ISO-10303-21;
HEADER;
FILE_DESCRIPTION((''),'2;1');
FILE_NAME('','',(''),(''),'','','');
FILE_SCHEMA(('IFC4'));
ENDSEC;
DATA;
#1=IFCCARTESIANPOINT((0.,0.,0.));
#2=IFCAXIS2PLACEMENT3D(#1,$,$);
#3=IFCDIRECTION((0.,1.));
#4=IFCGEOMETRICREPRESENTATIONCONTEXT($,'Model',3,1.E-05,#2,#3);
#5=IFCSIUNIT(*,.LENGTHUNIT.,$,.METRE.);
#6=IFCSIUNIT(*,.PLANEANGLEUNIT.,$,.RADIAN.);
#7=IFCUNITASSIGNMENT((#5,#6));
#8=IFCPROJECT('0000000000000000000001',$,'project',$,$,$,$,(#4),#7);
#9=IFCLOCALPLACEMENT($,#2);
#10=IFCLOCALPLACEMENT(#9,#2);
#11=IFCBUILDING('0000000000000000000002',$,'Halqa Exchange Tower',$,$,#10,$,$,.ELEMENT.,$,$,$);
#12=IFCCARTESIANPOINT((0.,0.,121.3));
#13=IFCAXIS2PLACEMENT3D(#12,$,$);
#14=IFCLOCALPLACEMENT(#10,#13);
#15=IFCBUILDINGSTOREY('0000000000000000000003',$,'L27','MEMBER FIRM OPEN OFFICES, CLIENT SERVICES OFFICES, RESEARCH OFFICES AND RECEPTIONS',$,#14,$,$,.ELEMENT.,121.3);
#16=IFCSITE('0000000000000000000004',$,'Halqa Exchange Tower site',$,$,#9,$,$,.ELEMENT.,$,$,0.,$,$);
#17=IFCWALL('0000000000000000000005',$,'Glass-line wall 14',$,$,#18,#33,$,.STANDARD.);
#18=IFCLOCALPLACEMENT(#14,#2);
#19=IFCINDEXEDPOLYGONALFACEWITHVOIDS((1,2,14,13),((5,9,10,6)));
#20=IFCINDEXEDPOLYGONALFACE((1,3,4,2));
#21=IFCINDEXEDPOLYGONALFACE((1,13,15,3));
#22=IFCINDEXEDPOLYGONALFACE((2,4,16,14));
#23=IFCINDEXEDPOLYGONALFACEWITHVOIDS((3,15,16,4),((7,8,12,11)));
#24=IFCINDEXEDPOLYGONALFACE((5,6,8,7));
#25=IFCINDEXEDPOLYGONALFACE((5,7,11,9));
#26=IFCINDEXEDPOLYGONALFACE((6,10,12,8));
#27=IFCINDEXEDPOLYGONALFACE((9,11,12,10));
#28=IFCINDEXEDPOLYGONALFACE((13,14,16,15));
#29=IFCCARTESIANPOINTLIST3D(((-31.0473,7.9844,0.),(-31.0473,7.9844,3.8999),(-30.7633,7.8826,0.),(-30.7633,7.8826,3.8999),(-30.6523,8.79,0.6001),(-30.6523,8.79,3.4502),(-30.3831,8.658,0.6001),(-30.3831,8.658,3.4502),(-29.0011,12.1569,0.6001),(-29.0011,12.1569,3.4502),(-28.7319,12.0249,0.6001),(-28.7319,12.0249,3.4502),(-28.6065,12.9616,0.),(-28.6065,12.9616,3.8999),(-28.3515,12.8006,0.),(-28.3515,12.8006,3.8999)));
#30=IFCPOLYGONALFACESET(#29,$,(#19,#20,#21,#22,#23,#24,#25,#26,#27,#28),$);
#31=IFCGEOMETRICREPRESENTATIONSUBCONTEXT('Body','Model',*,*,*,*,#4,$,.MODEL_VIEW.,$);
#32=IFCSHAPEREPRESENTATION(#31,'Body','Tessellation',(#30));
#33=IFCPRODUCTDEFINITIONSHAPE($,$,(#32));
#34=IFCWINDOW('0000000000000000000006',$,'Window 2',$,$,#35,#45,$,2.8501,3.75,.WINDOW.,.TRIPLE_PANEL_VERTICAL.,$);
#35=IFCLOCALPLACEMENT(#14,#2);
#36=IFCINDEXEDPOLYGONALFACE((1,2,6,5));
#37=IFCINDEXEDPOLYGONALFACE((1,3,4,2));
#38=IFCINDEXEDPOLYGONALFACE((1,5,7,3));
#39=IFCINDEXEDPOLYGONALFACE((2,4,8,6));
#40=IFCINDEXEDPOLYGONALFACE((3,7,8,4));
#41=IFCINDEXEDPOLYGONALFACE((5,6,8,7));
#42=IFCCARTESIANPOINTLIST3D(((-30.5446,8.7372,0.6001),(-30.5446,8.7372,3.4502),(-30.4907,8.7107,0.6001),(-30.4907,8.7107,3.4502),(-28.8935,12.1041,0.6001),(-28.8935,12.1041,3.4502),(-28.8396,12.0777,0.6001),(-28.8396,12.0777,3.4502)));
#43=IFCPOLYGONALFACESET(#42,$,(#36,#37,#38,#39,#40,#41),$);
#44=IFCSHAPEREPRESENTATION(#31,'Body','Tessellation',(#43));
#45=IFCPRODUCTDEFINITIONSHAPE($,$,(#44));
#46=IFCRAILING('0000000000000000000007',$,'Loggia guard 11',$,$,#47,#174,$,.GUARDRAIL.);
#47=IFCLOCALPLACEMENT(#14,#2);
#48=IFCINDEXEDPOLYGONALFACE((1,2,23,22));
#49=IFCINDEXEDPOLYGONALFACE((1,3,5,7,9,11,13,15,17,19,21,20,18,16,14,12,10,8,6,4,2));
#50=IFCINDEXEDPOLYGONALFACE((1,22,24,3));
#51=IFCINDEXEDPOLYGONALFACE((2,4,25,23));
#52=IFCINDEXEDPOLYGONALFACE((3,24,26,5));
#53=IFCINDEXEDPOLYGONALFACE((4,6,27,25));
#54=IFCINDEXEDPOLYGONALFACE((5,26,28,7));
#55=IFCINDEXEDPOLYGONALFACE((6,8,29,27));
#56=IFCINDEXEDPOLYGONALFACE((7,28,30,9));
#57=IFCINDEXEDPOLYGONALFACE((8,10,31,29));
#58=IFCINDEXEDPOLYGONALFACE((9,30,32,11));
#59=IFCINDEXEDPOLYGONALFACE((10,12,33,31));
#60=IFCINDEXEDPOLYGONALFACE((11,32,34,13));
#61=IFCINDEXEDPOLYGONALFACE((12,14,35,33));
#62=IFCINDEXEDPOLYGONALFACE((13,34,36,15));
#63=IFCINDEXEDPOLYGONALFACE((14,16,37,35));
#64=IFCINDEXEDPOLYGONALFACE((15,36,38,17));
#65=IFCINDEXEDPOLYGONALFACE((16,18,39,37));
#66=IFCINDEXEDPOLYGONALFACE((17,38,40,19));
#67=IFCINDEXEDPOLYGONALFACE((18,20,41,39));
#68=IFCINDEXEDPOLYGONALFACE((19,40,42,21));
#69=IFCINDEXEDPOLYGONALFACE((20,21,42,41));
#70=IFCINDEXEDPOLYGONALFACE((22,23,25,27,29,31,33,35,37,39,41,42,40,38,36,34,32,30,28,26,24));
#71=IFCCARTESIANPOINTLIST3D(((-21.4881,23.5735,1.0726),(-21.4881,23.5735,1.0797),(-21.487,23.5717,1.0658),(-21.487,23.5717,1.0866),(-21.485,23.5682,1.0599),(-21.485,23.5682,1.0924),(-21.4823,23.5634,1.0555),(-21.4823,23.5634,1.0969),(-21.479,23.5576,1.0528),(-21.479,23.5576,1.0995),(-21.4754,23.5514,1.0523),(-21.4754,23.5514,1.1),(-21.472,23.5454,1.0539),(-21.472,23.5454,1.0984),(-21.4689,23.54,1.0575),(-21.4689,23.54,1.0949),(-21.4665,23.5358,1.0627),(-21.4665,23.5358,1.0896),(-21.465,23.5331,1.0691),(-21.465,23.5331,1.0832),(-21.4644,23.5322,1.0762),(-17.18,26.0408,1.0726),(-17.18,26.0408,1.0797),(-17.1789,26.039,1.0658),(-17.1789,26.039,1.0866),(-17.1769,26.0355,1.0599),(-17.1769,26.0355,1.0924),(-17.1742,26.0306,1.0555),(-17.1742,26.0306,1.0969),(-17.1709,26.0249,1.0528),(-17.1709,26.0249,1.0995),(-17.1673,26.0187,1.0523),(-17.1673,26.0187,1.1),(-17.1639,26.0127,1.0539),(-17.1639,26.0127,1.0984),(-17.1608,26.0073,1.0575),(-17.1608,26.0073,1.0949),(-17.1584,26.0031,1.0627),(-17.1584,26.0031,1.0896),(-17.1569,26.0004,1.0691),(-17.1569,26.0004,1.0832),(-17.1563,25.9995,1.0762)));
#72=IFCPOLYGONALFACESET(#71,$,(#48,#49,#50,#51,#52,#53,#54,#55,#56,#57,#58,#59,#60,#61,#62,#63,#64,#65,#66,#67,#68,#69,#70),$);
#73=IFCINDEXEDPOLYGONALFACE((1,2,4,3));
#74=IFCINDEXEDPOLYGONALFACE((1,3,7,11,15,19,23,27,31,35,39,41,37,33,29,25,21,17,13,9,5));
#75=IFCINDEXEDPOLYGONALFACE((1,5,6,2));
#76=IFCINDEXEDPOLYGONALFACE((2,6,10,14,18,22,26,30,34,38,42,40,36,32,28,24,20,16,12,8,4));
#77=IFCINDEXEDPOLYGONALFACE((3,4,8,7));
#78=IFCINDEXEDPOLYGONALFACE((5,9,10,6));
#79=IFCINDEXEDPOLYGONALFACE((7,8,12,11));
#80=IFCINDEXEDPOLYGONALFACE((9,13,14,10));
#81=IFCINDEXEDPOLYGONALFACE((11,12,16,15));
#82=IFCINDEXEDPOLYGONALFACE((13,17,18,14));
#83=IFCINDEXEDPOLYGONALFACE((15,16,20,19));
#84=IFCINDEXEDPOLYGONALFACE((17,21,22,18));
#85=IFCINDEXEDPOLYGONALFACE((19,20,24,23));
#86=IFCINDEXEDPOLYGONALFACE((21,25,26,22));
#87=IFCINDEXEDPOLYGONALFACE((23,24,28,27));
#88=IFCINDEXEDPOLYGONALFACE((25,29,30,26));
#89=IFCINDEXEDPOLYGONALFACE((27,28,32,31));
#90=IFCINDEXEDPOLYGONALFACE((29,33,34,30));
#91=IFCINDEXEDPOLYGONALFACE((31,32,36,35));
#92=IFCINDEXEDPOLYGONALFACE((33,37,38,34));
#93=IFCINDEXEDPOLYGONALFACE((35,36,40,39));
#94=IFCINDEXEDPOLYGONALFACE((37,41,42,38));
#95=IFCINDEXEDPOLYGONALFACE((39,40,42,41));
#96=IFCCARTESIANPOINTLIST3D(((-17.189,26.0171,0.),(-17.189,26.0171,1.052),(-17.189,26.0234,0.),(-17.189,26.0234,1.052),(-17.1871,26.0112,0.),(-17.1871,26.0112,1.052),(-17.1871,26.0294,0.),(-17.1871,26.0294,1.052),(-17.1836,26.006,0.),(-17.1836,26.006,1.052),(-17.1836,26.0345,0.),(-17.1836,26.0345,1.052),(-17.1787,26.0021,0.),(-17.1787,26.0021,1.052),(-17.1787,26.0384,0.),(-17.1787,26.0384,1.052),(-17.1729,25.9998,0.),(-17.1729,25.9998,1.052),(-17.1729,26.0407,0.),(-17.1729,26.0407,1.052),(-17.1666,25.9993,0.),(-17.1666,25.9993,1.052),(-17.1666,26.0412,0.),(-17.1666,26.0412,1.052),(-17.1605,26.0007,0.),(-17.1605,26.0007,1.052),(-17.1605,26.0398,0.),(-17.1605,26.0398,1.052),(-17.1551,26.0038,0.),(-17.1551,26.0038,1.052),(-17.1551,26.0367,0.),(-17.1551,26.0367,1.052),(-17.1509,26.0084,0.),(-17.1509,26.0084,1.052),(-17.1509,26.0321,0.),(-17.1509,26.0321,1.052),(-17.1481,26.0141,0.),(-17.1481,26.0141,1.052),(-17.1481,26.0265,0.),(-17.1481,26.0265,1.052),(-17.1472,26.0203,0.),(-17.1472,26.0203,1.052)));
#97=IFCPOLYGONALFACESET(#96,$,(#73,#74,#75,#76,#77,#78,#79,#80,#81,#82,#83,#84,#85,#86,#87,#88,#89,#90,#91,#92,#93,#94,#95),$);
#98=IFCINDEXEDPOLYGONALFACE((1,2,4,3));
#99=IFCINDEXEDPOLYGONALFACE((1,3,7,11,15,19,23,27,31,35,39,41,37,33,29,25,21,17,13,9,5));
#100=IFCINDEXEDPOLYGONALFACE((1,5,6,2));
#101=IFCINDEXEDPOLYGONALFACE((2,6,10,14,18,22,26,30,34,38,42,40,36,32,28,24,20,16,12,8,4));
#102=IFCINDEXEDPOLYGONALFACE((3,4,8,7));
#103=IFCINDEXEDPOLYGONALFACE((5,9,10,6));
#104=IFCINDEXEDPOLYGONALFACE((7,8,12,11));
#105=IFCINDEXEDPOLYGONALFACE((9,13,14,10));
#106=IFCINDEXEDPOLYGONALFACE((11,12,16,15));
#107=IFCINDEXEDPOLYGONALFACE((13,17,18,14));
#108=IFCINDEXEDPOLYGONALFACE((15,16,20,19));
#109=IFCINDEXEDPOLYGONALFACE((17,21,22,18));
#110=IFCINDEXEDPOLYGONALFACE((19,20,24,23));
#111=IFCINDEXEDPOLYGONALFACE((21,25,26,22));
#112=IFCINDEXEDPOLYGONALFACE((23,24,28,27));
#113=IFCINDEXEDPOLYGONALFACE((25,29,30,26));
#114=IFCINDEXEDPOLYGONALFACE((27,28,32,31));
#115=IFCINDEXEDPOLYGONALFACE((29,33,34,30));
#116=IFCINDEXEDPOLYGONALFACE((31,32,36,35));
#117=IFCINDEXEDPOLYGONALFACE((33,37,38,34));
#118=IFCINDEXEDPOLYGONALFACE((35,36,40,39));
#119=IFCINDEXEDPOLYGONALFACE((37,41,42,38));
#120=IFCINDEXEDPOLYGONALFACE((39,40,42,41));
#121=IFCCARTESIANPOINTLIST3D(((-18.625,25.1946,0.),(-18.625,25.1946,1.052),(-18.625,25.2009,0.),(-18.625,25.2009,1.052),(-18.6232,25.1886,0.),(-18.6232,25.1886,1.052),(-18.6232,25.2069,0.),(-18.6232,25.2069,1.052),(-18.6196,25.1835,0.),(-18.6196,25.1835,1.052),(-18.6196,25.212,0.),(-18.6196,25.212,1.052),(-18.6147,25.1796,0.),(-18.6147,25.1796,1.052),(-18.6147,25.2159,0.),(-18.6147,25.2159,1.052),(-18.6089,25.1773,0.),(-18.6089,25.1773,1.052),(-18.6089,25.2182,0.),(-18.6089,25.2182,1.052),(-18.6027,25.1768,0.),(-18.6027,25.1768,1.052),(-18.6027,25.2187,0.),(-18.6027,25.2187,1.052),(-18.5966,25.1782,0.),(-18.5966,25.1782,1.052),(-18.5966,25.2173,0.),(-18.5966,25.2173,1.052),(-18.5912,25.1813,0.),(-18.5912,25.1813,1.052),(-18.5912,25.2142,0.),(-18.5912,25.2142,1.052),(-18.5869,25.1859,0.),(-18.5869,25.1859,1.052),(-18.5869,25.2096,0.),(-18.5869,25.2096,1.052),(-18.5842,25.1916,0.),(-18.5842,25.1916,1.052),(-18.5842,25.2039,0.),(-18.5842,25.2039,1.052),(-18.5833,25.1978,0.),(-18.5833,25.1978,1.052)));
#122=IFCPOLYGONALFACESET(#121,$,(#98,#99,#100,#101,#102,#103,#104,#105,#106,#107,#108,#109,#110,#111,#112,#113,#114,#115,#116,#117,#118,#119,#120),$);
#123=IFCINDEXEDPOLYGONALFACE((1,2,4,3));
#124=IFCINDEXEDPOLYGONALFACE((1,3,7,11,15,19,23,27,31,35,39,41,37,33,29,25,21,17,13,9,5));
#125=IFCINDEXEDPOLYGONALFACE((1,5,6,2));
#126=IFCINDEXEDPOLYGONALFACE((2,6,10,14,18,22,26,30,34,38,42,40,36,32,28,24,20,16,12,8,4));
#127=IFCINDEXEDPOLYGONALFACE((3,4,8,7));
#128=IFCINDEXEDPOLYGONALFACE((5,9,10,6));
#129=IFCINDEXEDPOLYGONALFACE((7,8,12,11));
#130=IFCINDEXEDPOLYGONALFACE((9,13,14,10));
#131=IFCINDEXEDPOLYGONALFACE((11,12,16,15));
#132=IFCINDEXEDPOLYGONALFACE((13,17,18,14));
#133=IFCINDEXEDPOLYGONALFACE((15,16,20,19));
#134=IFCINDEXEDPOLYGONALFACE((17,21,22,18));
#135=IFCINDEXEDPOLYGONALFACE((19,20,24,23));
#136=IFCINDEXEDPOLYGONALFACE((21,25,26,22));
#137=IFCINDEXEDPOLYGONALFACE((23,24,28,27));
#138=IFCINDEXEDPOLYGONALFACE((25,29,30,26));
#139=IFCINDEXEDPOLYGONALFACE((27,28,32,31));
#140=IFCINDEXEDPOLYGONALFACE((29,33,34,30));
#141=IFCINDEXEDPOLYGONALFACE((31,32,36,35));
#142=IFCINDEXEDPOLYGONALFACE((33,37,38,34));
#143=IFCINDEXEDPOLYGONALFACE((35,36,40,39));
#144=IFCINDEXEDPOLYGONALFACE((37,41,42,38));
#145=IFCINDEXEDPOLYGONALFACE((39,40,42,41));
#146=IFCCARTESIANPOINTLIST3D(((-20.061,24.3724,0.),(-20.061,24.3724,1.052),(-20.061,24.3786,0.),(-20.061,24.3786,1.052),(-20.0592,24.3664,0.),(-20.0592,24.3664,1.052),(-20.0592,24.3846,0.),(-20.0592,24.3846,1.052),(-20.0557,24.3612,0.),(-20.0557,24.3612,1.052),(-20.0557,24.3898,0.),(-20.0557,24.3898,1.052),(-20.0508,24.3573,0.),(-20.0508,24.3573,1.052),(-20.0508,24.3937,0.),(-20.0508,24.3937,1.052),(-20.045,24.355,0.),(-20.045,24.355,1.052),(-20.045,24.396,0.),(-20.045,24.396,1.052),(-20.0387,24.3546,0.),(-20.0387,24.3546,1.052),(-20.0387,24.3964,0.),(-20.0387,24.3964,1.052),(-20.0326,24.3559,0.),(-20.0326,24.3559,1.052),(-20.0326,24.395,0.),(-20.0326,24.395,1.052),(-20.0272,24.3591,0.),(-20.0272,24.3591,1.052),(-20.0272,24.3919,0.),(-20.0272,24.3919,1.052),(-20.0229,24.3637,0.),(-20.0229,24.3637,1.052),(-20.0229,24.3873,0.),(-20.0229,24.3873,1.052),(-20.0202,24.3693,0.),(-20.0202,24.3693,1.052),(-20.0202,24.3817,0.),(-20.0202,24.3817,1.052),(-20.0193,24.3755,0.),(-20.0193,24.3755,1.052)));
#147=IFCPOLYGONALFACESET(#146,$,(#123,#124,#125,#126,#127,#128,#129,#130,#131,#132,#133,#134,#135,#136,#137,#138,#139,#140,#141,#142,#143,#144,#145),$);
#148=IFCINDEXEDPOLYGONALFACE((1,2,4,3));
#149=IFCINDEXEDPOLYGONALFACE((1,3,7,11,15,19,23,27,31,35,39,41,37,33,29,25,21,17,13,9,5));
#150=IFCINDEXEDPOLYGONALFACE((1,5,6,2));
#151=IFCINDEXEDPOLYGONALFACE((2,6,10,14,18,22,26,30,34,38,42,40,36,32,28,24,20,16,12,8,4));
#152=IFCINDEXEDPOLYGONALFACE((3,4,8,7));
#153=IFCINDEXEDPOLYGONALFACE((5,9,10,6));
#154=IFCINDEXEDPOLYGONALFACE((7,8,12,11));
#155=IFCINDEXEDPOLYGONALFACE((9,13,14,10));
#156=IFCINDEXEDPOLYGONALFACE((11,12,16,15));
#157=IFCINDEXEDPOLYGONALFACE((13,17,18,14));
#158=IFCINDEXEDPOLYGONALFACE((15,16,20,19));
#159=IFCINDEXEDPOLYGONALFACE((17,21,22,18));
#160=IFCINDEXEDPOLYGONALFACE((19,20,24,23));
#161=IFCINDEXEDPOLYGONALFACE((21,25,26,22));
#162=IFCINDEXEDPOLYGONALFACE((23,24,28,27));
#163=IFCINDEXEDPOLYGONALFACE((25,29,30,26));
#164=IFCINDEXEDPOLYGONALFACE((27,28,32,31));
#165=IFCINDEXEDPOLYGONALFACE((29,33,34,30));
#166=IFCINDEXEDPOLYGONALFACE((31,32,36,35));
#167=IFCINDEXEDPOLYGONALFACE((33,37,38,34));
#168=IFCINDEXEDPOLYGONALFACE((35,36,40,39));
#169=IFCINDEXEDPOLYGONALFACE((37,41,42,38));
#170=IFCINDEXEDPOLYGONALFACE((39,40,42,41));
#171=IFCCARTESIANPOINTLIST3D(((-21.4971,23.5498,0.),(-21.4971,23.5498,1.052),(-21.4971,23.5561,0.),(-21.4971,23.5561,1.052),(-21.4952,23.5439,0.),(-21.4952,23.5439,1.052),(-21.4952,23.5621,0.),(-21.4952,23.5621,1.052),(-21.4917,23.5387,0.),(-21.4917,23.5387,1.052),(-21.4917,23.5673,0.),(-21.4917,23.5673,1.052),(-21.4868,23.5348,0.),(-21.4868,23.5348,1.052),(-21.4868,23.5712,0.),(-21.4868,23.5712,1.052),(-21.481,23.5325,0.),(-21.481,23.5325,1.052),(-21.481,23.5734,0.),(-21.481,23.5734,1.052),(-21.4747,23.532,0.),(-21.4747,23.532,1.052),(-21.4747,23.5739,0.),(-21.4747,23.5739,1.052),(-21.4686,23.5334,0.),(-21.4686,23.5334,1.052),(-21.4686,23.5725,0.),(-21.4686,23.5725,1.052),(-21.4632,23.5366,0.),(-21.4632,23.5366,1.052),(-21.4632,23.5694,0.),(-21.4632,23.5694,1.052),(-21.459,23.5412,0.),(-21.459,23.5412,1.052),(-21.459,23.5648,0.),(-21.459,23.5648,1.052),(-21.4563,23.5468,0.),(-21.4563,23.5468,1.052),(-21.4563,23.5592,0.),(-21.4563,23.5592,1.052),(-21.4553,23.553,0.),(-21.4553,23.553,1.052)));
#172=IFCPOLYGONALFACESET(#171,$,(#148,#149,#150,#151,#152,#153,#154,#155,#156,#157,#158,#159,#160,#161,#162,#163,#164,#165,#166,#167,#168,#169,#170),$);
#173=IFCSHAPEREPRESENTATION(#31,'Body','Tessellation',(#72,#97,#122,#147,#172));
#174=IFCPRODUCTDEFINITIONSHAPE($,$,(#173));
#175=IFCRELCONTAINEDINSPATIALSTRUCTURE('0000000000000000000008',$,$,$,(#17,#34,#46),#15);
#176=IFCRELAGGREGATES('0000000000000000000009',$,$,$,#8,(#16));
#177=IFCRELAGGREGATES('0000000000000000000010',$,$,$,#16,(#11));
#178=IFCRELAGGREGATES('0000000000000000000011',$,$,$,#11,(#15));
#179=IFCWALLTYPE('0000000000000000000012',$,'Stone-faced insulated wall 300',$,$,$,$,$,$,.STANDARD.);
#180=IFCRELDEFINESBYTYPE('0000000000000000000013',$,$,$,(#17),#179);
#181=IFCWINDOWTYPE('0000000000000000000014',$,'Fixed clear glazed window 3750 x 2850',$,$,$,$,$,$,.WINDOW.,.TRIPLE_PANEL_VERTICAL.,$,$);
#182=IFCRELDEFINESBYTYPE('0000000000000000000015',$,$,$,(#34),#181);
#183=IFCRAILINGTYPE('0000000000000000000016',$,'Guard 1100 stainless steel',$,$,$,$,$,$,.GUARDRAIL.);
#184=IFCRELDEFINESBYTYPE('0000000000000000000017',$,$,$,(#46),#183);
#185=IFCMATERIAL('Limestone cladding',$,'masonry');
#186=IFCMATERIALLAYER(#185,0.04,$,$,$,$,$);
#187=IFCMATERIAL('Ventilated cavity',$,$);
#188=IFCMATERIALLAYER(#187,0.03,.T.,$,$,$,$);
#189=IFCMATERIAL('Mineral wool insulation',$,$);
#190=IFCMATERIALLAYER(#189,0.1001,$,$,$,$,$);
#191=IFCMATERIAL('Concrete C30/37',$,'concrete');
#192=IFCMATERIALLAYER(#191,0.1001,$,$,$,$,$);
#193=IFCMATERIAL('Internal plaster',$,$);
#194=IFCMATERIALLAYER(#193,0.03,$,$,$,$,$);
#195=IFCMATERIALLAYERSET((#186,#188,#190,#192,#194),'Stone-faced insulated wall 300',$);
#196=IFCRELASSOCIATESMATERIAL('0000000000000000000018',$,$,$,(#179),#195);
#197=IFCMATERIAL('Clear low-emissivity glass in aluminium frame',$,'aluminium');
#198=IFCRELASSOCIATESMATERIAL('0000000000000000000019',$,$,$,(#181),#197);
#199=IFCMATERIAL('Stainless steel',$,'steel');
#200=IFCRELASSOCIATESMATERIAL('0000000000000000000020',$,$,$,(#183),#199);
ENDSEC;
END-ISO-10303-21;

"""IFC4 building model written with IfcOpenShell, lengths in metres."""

from ifc_helpers import new_model, si_unit, direction, frame, frame_2d, origin, origin_2d, place, context, subcontext, project, spatial, polyline, rectangle, circle, outline, extrude, material, layer, layer_set, type_object, element, fill, save


model = new_model("IFC4")

# Units and contexts
model_context = context("Model", 3, precision=1e-05, world=origin(), true_north=direction((0.0, 1.0)))
body_context = subcontext(model_context, "Body", "Model", "MODEL_VIEW")
ifc_project = project(units=[si_unit("LENGTHUNIT", "METRE"), si_unit("PLANEANGLEUNIT", "RADIAN")], contexts=[model_context])

# Site, building, storey
site_placement = place(None, origin())
site = spatial("IfcSite", under=ifc_project, at=site_placement, Name="Halqa Exchange Tower site", CompositionType="ELEMENT", RefElevation=0.0)
building_placement = place(site_placement, origin())
building = spatial("IfcBuilding", under=site, at=building_placement, Name="Halqa Exchange Tower", CompositionType="ELEMENT")
storey_placement = place(building_placement, frame((0.0, 0.0, 121.3)))
storey = spatial("IfcBuildingStorey", under=building, at=storey_placement, Name="L27", Description="MEMBER FIRM OPEN OFFICES, CLIENT SERVICES OFFICES, RESEARCH OFFICES AND RECEPTIONS", CompositionType="ELEMENT", Elevation=121.3)

# Shared definitions
ifc_material_1 = material(Name="Limestone cladding", Category="masonry")
ifc_layer_1 = layer(ifc_material_1, 0.04)
ifc_material_2 = material(Name="Ventilated cavity")
ifc_layer_2 = layer(ifc_material_2, 0.03, ventilated=True)
ifc_material_3 = material(Name="Mineral wool insulation")
ifc_layer_3 = layer(ifc_material_3, 0.1001)
ifc_material_4 = material(Name="Concrete C30/37", Category="concrete")
ifc_layer_4 = layer(ifc_material_4, 0.1001)
ifc_material_5 = material(Name="Internal plaster")
ifc_layer_5 = layer(ifc_material_5, 0.03)
ifc_layer_set_1 = layer_set([ifc_layer_1, ifc_layer_2, ifc_layer_3, ifc_layer_4, ifc_layer_5], Name="Stone-faced insulated wall 300")
wall_type_1 = type_object("IfcWallType", Name="Stone-faced insulated wall 300", PredefinedType="STANDARD", material=ifc_layer_set_1)
ifc_material_6 = material(Name="Clear low-emissivity glass in aluminium frame", Category="aluminium")
window_type = type_object("IfcWindowType", Name="Fixed clear glazed window 3750 x 2850", PartitioningType="TRIPLE_PANEL_VERTICAL", PredefinedType="WINDOW", material=ifc_material_6)

# Wall, opening, window
wall_1_placement = place(storey_placement, frame((-28.479, 12.8811, 0.0), z_axis=(0.0, 0.0, 1.0), x_axis=(-0.440306, -0.897848, 0.0)))
wall_1 = element("IfcWall", 1, at=wall_1_placement, inside=storey, type_object=wall_type_1, Name="Glass-line wall 14", PredefinedType="STANDARD", context=body_context, shape_type="SweptSolid", body=[
    extrude(outline(polyline([(-0.0161, -0.1499), (5.5273, -0.1499), (5.4937, 0.1499), (0.0161, 0.1499), (-0.0161, -0.1499)])), origin(), (0.0, 0.0, 1.0), 3.8999),
])
opening_1_placement = place(wall_1_placement, frame((0.8801, 0.0, 0.6001)))
opening_1 = element("IfcOpeningElement", 2, at=opening_1_placement, cuts=wall_1, PredefinedType="OPENING", context=body_context, shape_type="SweptSolid", body=[
    extrude(rectangle(XDim=3.75, YDim=2.8501, at=frame_2d((1.875, 1.425))), frame((0.0, 0.1621, 0.0), z_axis=(0.0, -1.0, 0.0), x_axis=(1.0, 0.0, 0.0)), (0.0, 0.0, 1.0), 0.324),
])
window_1_placement = place(opening_1_placement, origin())
window_1 = element("IfcWindow", 3, at=window_1_placement, inside=storey, type_object=window_type, Name="Window 2", OverallHeight=2.8501, OverallWidth=3.75, PartitioningType="TRIPLE_PANEL_VERTICAL", PredefinedType="WINDOW", context=body_context, shape_type="SweptSolid", body=[
    extrude(rectangle(XDim=3.75, YDim=2.8501, at=frame_2d((1.875, 1.425))), frame((0.0, 0.03, 0.0), z_axis=(0.0, -1.0, 0.0), x_axis=(1.0, 0.0, 0.0)), (0.0, 0.0, 1.0), 0.0601),
])
fill(opening_1, window_1)

# Railing
ifc_material_7 = material(Name="Stainless steel", Category="steel")
railing_type = type_object("IfcRailingType", Name="Guard 1100 stainless steel", PredefinedType="GUARDRAIL", material=ifc_material_7)
railing_1_placement = place(storey_placement, frame((-17.1682, 26.0203, 0.0)))
element("IfcRailing", 4, at=railing_1_placement, inside=storey, type_object=railing_type, Name="Loggia guard 11", PredefinedType="GUARDRAIL", context=body_context, shape_type="SweptSolid", body=[
    extrude(circle(Radius=0.0239, at=origin_2d()), frame((0.0, 0.0, 1.0762), z_axis=(-0.867765, -0.496975, 0.0), x_axis=(0.496975, -0.867765, 0.0)), (0.0, 0.0, 1.0), 4.9646),
    extrude(circle(Radius=0.021, at=origin_2d()), origin(), (0.0, 0.0, 1.0), 1.052),
    extrude(circle(Radius=0.021, at=origin_2d()), frame((-1.436, -0.8225, 0.0)), (0.0, 0.0, 1.0), 1.052),
    extrude(circle(Radius=0.021, at=origin_2d()), frame((-2.8721, -1.6448, 0.0)), (0.0, 0.0, 1.0), 1.052),
    extrude(circle(Radius=0.021, at=origin_2d()), frame((-4.3081, -2.4673, 0.0)), (0.0, 0.0, 1.0), 1.052),
])

save(model, "model.ifc")
